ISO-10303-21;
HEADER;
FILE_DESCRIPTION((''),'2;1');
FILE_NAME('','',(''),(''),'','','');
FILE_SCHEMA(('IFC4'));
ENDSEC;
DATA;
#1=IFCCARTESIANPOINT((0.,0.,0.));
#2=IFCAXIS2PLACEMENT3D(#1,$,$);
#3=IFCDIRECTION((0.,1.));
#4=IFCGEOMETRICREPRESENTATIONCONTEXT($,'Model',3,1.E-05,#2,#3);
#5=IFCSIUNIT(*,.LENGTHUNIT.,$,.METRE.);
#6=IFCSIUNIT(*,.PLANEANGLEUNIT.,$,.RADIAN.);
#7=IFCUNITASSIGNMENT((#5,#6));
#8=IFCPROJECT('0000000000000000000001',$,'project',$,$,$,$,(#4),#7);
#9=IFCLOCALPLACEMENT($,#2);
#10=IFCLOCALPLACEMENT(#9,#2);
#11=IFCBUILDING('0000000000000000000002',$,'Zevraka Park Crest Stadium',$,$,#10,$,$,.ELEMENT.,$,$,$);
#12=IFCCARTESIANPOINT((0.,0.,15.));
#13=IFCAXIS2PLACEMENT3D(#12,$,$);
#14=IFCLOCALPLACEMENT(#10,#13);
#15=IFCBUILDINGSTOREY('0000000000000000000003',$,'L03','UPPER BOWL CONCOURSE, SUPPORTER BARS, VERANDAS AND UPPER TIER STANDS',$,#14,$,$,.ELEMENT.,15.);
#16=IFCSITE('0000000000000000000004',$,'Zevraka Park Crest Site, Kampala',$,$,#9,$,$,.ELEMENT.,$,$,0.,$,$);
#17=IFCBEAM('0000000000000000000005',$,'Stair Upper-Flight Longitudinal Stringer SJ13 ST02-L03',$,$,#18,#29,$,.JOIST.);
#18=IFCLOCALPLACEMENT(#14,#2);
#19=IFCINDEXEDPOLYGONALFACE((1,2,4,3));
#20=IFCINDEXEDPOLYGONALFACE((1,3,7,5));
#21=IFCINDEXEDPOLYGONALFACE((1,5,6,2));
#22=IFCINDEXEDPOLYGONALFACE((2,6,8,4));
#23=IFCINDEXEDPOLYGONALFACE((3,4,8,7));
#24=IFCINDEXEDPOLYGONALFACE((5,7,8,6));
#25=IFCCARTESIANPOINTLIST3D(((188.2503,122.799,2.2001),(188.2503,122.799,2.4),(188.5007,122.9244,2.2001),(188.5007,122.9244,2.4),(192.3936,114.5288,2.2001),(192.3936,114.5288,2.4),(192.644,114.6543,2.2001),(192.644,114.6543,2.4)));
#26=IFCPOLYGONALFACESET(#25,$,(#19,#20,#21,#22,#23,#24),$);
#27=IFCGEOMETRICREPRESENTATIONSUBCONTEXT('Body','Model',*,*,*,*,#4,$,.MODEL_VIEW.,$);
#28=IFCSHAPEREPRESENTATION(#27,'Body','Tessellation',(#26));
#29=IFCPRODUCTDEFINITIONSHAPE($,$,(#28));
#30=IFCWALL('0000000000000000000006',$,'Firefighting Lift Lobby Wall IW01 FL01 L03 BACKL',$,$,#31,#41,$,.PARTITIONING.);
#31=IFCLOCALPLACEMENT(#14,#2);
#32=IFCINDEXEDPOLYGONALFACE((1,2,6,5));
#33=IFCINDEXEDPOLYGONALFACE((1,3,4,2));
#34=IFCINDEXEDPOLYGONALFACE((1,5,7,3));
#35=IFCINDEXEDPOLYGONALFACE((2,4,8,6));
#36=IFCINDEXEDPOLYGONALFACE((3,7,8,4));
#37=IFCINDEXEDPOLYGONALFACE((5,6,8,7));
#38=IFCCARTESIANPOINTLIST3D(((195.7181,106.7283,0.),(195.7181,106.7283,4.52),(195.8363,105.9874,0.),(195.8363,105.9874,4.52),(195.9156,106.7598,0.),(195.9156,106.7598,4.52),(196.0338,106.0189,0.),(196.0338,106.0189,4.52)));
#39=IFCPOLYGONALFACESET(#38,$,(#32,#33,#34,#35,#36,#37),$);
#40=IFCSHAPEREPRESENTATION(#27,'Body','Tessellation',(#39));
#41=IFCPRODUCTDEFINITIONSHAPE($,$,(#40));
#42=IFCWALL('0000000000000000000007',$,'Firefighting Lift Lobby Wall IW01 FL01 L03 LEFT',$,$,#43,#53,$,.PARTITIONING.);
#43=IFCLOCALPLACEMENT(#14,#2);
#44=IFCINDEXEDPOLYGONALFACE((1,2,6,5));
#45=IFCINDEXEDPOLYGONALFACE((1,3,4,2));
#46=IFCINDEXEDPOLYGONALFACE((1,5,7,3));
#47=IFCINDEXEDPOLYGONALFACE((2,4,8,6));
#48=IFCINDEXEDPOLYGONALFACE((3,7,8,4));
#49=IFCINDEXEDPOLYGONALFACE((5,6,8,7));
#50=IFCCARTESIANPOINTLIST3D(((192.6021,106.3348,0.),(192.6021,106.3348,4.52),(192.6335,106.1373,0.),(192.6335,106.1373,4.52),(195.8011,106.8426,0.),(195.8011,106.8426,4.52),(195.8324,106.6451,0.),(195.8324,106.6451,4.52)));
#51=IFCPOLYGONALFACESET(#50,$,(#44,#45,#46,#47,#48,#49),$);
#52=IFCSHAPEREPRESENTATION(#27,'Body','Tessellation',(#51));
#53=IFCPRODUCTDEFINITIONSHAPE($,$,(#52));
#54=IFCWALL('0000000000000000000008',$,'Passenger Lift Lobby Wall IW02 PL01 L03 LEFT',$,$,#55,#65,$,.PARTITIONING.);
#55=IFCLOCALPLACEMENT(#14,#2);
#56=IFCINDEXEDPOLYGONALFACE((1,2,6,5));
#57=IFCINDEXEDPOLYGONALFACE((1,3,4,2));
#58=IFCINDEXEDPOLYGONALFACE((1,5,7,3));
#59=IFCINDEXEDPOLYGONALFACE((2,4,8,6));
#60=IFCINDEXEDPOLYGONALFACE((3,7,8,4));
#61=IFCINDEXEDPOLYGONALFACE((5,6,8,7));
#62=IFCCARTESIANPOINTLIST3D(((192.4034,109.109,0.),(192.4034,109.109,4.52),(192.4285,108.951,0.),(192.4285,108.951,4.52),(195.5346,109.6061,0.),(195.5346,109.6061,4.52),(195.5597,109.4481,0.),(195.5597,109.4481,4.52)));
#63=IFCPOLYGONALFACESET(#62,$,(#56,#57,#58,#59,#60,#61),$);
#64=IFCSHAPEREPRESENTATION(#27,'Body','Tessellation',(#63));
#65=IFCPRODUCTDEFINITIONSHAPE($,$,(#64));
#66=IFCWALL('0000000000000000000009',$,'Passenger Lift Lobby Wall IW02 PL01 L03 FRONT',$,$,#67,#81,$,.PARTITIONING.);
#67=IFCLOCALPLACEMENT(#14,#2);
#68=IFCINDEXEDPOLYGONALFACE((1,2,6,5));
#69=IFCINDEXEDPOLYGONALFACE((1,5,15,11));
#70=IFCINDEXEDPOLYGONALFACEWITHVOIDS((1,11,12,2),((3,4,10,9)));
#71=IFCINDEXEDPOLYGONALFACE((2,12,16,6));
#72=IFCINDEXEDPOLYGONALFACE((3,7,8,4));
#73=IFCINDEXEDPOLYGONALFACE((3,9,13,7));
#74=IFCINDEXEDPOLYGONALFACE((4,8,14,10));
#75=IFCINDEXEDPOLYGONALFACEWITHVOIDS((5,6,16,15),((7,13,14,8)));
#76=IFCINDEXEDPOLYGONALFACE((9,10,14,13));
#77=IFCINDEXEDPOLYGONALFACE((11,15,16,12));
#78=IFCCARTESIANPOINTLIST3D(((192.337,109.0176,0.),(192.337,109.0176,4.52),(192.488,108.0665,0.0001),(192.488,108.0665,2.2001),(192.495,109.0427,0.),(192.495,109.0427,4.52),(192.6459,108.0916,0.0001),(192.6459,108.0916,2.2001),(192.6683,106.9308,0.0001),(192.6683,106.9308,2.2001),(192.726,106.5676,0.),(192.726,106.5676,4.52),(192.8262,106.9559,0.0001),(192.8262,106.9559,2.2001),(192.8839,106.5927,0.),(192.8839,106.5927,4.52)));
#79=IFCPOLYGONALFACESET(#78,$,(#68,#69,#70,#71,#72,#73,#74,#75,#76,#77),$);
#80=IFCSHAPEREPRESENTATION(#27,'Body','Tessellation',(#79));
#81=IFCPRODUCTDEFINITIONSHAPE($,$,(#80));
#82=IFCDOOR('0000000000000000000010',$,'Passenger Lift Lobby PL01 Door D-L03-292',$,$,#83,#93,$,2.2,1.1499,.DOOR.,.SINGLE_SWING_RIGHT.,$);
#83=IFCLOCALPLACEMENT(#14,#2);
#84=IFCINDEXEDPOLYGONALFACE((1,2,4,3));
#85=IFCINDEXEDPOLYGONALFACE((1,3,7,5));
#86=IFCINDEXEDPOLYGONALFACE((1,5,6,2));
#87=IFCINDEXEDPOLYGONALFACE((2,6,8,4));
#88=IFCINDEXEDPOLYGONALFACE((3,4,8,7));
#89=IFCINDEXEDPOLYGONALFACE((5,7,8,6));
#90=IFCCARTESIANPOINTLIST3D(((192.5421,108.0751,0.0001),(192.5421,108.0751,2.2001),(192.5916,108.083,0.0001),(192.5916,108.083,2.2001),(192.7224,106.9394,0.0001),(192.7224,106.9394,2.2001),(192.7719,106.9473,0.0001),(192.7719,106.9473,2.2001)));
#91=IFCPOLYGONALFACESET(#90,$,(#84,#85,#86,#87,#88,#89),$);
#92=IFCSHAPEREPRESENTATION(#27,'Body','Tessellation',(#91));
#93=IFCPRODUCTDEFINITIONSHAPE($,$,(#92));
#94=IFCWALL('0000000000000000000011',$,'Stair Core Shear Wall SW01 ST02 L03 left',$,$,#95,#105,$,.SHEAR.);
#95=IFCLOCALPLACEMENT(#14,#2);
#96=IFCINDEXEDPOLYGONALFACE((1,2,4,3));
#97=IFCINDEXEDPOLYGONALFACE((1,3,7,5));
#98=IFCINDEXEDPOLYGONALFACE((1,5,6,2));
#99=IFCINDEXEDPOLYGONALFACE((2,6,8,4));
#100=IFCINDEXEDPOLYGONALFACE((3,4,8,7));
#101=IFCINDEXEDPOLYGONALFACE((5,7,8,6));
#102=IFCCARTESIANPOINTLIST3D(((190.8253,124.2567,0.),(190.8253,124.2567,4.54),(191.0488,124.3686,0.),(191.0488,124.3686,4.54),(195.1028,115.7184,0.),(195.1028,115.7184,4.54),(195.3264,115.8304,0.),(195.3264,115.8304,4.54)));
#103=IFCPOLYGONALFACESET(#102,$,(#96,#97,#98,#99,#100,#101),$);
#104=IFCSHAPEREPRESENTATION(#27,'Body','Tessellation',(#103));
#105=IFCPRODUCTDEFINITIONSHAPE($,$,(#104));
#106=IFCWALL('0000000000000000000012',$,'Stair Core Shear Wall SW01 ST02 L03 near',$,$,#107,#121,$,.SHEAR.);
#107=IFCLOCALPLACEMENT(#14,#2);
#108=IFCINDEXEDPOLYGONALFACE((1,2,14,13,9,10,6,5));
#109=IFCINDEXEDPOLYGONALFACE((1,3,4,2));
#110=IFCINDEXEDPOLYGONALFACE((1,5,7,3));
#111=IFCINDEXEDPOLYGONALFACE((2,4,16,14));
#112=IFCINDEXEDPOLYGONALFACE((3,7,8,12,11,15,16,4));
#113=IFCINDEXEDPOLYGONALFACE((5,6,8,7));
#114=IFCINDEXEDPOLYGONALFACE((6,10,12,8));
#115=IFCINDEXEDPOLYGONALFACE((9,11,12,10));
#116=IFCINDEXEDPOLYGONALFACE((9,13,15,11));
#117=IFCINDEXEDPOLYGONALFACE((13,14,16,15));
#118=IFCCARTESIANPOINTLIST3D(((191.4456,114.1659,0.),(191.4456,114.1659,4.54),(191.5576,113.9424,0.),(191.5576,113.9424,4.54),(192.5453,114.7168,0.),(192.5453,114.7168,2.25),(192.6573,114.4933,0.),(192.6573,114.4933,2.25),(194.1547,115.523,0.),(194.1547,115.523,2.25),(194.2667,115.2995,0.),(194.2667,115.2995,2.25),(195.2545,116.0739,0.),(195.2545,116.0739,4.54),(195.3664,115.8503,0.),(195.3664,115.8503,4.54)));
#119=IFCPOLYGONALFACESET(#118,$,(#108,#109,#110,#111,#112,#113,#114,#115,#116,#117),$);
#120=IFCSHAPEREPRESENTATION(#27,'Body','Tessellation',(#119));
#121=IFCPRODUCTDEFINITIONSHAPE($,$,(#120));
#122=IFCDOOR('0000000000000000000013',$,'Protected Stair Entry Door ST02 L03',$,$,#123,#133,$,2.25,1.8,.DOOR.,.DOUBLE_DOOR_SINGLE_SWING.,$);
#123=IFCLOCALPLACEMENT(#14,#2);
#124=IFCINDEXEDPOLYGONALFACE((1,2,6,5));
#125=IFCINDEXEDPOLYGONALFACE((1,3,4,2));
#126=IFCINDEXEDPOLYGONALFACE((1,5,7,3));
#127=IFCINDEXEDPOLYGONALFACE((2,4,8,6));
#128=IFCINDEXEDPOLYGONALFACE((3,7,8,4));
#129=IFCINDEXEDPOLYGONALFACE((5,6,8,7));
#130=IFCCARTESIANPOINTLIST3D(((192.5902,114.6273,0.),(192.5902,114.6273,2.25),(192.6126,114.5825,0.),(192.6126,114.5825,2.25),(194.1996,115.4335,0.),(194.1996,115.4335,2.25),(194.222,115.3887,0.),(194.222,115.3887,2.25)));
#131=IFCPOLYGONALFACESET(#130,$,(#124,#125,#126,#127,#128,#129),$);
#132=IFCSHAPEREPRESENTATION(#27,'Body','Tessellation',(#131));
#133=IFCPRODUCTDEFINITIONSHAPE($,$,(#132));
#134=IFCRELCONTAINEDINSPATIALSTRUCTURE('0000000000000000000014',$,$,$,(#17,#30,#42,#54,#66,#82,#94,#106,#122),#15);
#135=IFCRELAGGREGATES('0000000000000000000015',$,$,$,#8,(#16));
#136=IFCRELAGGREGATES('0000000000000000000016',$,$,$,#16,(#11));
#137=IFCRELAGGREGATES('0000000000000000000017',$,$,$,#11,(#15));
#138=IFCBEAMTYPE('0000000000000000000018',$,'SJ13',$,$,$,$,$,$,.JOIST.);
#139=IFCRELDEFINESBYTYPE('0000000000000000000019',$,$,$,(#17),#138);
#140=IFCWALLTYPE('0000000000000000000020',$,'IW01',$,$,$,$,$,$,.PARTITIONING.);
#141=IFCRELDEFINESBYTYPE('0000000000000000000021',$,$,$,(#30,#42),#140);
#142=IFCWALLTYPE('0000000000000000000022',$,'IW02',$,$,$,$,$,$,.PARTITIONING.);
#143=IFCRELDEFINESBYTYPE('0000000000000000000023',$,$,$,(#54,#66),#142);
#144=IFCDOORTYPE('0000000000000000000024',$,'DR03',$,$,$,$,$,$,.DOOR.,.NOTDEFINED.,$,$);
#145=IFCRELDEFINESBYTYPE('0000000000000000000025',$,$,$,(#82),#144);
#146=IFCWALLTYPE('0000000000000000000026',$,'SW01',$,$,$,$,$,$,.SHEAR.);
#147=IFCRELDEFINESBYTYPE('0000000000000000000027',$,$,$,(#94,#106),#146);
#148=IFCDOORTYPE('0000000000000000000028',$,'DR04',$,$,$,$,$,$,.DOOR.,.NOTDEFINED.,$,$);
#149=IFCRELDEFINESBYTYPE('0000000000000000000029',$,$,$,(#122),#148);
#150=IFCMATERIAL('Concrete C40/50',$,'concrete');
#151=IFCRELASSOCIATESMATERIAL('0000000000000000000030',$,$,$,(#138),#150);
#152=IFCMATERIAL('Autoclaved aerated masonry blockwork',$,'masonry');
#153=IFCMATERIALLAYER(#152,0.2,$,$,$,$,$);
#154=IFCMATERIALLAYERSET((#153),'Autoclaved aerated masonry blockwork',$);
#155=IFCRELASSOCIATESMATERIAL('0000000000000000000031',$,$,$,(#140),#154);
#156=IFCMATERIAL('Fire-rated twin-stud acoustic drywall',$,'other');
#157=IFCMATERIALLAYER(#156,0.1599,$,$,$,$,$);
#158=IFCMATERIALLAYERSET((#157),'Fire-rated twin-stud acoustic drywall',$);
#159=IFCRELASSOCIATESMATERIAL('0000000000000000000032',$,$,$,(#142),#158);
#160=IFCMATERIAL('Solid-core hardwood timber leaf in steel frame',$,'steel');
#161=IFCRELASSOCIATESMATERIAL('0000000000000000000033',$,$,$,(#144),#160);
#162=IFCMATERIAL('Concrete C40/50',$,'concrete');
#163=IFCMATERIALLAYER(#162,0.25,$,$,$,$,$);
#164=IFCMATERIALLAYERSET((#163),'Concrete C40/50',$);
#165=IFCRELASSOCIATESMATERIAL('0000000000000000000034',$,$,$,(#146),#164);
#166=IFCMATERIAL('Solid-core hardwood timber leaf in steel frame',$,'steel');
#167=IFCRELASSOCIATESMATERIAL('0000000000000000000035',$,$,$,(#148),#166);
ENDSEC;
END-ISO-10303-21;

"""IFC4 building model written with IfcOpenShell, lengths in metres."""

from ifc_helpers import new_model, si_unit, direction, frame, frame_2d, origin, origin_2d, place, context, subcontext, project, spatial, rectangle, extrude, material, layer, layer_set, material_profile, profile_set, type_object, element, fill, save


model = new_model("IFC4")

# Units and contexts
model_context = context("Model", 3, precision=1e-05, world=origin(), true_north=direction((0.0, 1.0)))
body_context = subcontext(model_context, "Body", "Model", "MODEL_VIEW")
ifc_project = project(units=[si_unit("LENGTHUNIT", "METRE"), si_unit("PLANEANGLEUNIT", "RADIAN")], contexts=[model_context])

# Site, building, storey
site_placement = place(None, origin())
site = spatial("IfcSite", under=ifc_project, at=site_placement, Name="Zevraka Park Crest Site, Kampala", CompositionType="ELEMENT", RefElevation=0.0)
building_placement = place(site_placement, origin())
building = spatial("IfcBuilding", under=site, at=building_placement, Name="Zevraka Park Crest Stadium", CompositionType="ELEMENT")
storey_placement = place(building_placement, frame((0.0, 0.0, 15.0)))
storey = spatial("IfcBuildingStorey", under=building, at=storey_placement, Name="L03", Description="UPPER BOWL CONCOURSE, SUPPORTER BARS, VERANDAS AND UPPER TIER STANDS", CompositionType="ELEMENT", Elevation=15.0)

# Beam
ifc_material_1 = material(Name="Concrete C40/50", Category="concrete")
ifc_material_profile_1 = material_profile(ifc_material_1, rectangle(XDim=0.28, YDim=0.2, at=origin_2d()), Name="RC 200x280")
ifc_profile_set_1 = profile_set([ifc_material_profile_1], Name="Concrete C40/50")
beam_type_1 = type_object("IfcBeamType", Name="SJ13", PredefinedType="JOIST", material=ifc_profile_set_1)
beam_1_placement = place(storey_placement, frame((192.5188, 114.5916, 2.3), z_axis=(-0.447921, 0.894073, 0.0), x_axis=(-0.894073, -0.447921, 0.0)))
element("IfcBeam", 1, at=beam_1_placement, inside=storey, type_object=beam_type_1, Name="Stair Upper-Flight Longitudinal Stringer SJ13 ST02-L03", PredefinedType="JOIST", context=body_context, shape_type="SweptSolid", body=[
    extrude(rectangle(XDim=0.28, YDim=0.2, at=origin_2d()), origin(), (0.0, 0.0, 1.0), 9.25),
])

# Walls
ifc_material_2 = material(Name="Autoclaved aerated masonry blockwork", Category="masonry")
ifc_layer_1 = layer(ifc_material_2, 0.2)
ifc_layer_set_1 = layer_set([ifc_layer_1], Name="Autoclaved aerated masonry blockwork")
wall_type_1 = type_object("IfcWallType", Name="IW01", PredefinedType="PARTITIONING", material=ifc_layer_set_1)
wall_1_placement = place(storey_placement, frame((195.8169, 106.7439, 0.0), z_axis=(0.0, 0.0, 1.0), x_axis=(0.157483, -0.987522, 0.0)))
element("IfcWall", 2, at=wall_1_placement, inside=storey, type_object=wall_type_1, Name="Firefighting Lift Lobby Wall IW01 FL01 L03 BACKL", PredefinedType="PARTITIONING", context=body_context, shape_type="SweptSolid", body=[
    extrude(rectangle(XDim=0.7502, YDim=0.2, at=frame_2d((0.375, 0.0))), origin(), (0.0, 0.0, 1.0), 4.52),
])
wall_2_placement = place(storey_placement, frame((195.8169, 106.7439, 0.0), z_axis=(0.0, 0.0, 1.0), x_axis=(-0.987634, -0.156779, 0.0)))
element("IfcWall", 3, at=wall_2_placement, inside=storey, type_object=wall_type_1, Name="Firefighting Lift Lobby Wall IW01 FL01 L03 LEFT", PredefinedType="PARTITIONING", context=body_context, shape_type="SweptSolid", body=[
    extrude(rectangle(XDim=3.239, YDim=0.2, at=frame_2d((1.6196, 0.0))), origin(), (0.0, 0.0, 1.0), 4.52),
])
ifc_material_3 = material(Name="Fire-rated twin-stud acoustic drywall", Category="other")
ifc_layer_2 = layer(ifc_material_3, 0.1599)
ifc_layer_set_2 = layer_set([ifc_layer_2], Name="Fire-rated twin-stud acoustic drywall")
wall_type_2 = type_object("IfcWallType", Name="IW02", PredefinedType="PARTITIONING", material=ifc_layer_set_2)
wall_3_placement = place(storey_placement, frame((195.5471, 109.5271, 0.0), z_axis=(0.0, 0.0, 1.0), x_axis=(-0.987632, -0.156789, 0.0)))
element("IfcWall", 4, at=wall_3_placement, inside=storey, type_object=wall_type_2, Name="Passenger Lift Lobby Wall IW02 PL01 L03 LEFT", PredefinedType="PARTITIONING", context=body_context, shape_type="SweptSolid", body=[
    extrude(rectangle(XDim=3.1704, YDim=0.1599, at=frame_2d((1.5852, 0.0))), origin(), (0.0, 0.0, 1.0), 4.52),
])

# Wall, opening, door
wall_4_placement = place(storey_placement, frame((192.416, 109.03, 0.0), z_axis=(0.0, 0.0, 1.0), x_axis=(0.156781, -0.987633, 0.0)))
wall_4 = element("IfcWall", 5, at=wall_4_placement, inside=storey, type_object=wall_type_2, Name="Passenger Lift Lobby Wall IW02 PL01 L03 FRONT", PredefinedType="PARTITIONING", context=body_context, shape_type="SweptSolid", body=[
    extrude(rectangle(XDim=2.4807, YDim=0.1599, at=frame_2d((1.2402, 0.0))), origin(), (0.0, 0.0, 1.0), 4.52),
])
opening_1_placement = place(wall_4_placement, frame((0.9629, 0.0, 0.0)))
opening_1 = element("IfcOpeningElement", 6, at=opening_1_placement, cuts=wall_4, PredefinedType="OPENING", context=body_context, shape_type="SweptSolid", body=[
    extrude(rectangle(XDim=1.1499, YDim=2.2, at=frame_2d((0.575, 1.1001))), frame((0.0, 0.0898, 0.0), z_axis=(0.0, -1.0, 0.0), x_axis=(1.0, 0.0, 0.0)), (0.0, 0.0, 1.0), 0.1799),
])
ifc_material_4 = material(Name="Solid-core hardwood timber leaf in steel frame", Category="steel")
door_type_1 = type_object("IfcDoorType", Name="DR03", OperationType="NOTDEFINED", PredefinedType="DOOR", material=ifc_material_4)
door_1_placement = place(opening_1_placement, origin())
door_1 = element("IfcDoor", 7, at=door_1_placement, inside=storey, type_object=door_type_1, Name="Passenger Lift Lobby PL01 Door D-L03-292", OperationType="SINGLE_SWING_RIGHT", OverallHeight=2.2, OverallWidth=1.1499, PredefinedType="DOOR", context=body_context, shape_type="SweptSolid", body=[
    extrude(rectangle(XDim=1.1499, YDim=2.2, at=frame_2d((0.575, 1.1001))), frame((0.0, 0.0249, 0.0), z_axis=(0.0, -1.0, 0.0), x_axis=(1.0, 0.0, 0.0)), (0.0, 0.0, 1.0), 0.05),
])
fill(opening_1, door_1)

# Wall
ifc_material_5 = material(Name="Concrete C40/50", Category="concrete")
ifc_layer_3 = layer(ifc_material_5, 0.25)
ifc_layer_set_3 = layer_set([ifc_layer_3], Name="Concrete C40/50")
wall_type_3 = type_object("IfcWallType", Name="SW01", PredefinedType="SHEAR", material=ifc_layer_set_3)
wall_5_placement = place(storey_placement, frame((195.2146, 115.7744, 0.0), z_axis=(0.0, 0.0, 1.0), x_axis=(-0.447919, 0.894074, 0.0)))
element("IfcWall", 8, at=wall_5_placement, inside=storey, type_object=wall_type_3, Name="Stair Core Shear Wall SW01 ST02 L03 left", PredefinedType="SHEAR", context=body_context, shape_type="SweptSolid", body=[
    extrude(rectangle(XDim=9.5498, YDim=0.25, at=frame_2d((4.7749, 0.0))), origin(), (0.0, 0.0, 1.0), 4.54),
])

# Wall, opening, door
wall_6_placement = place(storey_placement, frame((191.5017, 114.0542, 0.0), z_axis=(0.0, 0.0, 1.0), x_axis=(0.894095, 0.447878, 0.0)))
wall_6 = element("IfcWall", 9, at=wall_6_placement, inside=storey, type_object=wall_type_3, Name="Stair Core Shear Wall SW01 ST02 L03 near", PredefinedType="SHEAR", context=body_context, shape_type="SweptSolid", body=[
    extrude(rectangle(XDim=4.26, YDim=0.25, at=frame_2d((2.1299, 0.0))), origin(), (0.0, 0.0, 1.0), 4.54),
])
opening_2_placement = place(wall_6_placement, frame((1.23, 0.0, 0.0)))
opening_2 = element("IfcOpeningElement", 10, at=opening_2_placement, cuts=wall_6, PredefinedType="OPENING", context=body_context, shape_type="SweptSolid", body=[
    extrude(rectangle(XDim=1.8, YDim=2.25, at=frame_2d((0.8999, 1.125))), frame((0.0, 0.135, 0.0), z_axis=(0.0, -1.0, 0.0), x_axis=(1.0, 0.0, 0.0)), (0.0, 0.0, 1.0), 0.27),
])
ifc_material_6 = material(Name="Solid-core hardwood timber leaf in steel frame", Category="steel")
door_type_2 = type_object("IfcDoorType", Name="DR04", OperationType="NOTDEFINED", PredefinedType="DOOR", material=ifc_material_6)
door_2_placement = place(opening_2_placement, origin())
door_2 = element("IfcDoor", 11, at=door_2_placement, inside=storey, type_object=door_type_2, Name="Protected Stair Entry Door ST02 L03", OperationType="DOUBLE_DOOR_SINGLE_SWING", OverallHeight=2.25, OverallWidth=1.8, PredefinedType="DOOR", context=body_context, shape_type="SweptSolid", body=[
    extrude(rectangle(XDim=1.8, YDim=2.25, at=frame_2d((0.8999, 1.125))), frame((0.0, 0.0249, 0.0), z_axis=(0.0, -1.0, 0.0), x_axis=(1.0, 0.0, 0.0)), (0.0, 0.0, 1.0), 0.05),
])
fill(opening_2, door_2)

save(model, "model.ifc")
